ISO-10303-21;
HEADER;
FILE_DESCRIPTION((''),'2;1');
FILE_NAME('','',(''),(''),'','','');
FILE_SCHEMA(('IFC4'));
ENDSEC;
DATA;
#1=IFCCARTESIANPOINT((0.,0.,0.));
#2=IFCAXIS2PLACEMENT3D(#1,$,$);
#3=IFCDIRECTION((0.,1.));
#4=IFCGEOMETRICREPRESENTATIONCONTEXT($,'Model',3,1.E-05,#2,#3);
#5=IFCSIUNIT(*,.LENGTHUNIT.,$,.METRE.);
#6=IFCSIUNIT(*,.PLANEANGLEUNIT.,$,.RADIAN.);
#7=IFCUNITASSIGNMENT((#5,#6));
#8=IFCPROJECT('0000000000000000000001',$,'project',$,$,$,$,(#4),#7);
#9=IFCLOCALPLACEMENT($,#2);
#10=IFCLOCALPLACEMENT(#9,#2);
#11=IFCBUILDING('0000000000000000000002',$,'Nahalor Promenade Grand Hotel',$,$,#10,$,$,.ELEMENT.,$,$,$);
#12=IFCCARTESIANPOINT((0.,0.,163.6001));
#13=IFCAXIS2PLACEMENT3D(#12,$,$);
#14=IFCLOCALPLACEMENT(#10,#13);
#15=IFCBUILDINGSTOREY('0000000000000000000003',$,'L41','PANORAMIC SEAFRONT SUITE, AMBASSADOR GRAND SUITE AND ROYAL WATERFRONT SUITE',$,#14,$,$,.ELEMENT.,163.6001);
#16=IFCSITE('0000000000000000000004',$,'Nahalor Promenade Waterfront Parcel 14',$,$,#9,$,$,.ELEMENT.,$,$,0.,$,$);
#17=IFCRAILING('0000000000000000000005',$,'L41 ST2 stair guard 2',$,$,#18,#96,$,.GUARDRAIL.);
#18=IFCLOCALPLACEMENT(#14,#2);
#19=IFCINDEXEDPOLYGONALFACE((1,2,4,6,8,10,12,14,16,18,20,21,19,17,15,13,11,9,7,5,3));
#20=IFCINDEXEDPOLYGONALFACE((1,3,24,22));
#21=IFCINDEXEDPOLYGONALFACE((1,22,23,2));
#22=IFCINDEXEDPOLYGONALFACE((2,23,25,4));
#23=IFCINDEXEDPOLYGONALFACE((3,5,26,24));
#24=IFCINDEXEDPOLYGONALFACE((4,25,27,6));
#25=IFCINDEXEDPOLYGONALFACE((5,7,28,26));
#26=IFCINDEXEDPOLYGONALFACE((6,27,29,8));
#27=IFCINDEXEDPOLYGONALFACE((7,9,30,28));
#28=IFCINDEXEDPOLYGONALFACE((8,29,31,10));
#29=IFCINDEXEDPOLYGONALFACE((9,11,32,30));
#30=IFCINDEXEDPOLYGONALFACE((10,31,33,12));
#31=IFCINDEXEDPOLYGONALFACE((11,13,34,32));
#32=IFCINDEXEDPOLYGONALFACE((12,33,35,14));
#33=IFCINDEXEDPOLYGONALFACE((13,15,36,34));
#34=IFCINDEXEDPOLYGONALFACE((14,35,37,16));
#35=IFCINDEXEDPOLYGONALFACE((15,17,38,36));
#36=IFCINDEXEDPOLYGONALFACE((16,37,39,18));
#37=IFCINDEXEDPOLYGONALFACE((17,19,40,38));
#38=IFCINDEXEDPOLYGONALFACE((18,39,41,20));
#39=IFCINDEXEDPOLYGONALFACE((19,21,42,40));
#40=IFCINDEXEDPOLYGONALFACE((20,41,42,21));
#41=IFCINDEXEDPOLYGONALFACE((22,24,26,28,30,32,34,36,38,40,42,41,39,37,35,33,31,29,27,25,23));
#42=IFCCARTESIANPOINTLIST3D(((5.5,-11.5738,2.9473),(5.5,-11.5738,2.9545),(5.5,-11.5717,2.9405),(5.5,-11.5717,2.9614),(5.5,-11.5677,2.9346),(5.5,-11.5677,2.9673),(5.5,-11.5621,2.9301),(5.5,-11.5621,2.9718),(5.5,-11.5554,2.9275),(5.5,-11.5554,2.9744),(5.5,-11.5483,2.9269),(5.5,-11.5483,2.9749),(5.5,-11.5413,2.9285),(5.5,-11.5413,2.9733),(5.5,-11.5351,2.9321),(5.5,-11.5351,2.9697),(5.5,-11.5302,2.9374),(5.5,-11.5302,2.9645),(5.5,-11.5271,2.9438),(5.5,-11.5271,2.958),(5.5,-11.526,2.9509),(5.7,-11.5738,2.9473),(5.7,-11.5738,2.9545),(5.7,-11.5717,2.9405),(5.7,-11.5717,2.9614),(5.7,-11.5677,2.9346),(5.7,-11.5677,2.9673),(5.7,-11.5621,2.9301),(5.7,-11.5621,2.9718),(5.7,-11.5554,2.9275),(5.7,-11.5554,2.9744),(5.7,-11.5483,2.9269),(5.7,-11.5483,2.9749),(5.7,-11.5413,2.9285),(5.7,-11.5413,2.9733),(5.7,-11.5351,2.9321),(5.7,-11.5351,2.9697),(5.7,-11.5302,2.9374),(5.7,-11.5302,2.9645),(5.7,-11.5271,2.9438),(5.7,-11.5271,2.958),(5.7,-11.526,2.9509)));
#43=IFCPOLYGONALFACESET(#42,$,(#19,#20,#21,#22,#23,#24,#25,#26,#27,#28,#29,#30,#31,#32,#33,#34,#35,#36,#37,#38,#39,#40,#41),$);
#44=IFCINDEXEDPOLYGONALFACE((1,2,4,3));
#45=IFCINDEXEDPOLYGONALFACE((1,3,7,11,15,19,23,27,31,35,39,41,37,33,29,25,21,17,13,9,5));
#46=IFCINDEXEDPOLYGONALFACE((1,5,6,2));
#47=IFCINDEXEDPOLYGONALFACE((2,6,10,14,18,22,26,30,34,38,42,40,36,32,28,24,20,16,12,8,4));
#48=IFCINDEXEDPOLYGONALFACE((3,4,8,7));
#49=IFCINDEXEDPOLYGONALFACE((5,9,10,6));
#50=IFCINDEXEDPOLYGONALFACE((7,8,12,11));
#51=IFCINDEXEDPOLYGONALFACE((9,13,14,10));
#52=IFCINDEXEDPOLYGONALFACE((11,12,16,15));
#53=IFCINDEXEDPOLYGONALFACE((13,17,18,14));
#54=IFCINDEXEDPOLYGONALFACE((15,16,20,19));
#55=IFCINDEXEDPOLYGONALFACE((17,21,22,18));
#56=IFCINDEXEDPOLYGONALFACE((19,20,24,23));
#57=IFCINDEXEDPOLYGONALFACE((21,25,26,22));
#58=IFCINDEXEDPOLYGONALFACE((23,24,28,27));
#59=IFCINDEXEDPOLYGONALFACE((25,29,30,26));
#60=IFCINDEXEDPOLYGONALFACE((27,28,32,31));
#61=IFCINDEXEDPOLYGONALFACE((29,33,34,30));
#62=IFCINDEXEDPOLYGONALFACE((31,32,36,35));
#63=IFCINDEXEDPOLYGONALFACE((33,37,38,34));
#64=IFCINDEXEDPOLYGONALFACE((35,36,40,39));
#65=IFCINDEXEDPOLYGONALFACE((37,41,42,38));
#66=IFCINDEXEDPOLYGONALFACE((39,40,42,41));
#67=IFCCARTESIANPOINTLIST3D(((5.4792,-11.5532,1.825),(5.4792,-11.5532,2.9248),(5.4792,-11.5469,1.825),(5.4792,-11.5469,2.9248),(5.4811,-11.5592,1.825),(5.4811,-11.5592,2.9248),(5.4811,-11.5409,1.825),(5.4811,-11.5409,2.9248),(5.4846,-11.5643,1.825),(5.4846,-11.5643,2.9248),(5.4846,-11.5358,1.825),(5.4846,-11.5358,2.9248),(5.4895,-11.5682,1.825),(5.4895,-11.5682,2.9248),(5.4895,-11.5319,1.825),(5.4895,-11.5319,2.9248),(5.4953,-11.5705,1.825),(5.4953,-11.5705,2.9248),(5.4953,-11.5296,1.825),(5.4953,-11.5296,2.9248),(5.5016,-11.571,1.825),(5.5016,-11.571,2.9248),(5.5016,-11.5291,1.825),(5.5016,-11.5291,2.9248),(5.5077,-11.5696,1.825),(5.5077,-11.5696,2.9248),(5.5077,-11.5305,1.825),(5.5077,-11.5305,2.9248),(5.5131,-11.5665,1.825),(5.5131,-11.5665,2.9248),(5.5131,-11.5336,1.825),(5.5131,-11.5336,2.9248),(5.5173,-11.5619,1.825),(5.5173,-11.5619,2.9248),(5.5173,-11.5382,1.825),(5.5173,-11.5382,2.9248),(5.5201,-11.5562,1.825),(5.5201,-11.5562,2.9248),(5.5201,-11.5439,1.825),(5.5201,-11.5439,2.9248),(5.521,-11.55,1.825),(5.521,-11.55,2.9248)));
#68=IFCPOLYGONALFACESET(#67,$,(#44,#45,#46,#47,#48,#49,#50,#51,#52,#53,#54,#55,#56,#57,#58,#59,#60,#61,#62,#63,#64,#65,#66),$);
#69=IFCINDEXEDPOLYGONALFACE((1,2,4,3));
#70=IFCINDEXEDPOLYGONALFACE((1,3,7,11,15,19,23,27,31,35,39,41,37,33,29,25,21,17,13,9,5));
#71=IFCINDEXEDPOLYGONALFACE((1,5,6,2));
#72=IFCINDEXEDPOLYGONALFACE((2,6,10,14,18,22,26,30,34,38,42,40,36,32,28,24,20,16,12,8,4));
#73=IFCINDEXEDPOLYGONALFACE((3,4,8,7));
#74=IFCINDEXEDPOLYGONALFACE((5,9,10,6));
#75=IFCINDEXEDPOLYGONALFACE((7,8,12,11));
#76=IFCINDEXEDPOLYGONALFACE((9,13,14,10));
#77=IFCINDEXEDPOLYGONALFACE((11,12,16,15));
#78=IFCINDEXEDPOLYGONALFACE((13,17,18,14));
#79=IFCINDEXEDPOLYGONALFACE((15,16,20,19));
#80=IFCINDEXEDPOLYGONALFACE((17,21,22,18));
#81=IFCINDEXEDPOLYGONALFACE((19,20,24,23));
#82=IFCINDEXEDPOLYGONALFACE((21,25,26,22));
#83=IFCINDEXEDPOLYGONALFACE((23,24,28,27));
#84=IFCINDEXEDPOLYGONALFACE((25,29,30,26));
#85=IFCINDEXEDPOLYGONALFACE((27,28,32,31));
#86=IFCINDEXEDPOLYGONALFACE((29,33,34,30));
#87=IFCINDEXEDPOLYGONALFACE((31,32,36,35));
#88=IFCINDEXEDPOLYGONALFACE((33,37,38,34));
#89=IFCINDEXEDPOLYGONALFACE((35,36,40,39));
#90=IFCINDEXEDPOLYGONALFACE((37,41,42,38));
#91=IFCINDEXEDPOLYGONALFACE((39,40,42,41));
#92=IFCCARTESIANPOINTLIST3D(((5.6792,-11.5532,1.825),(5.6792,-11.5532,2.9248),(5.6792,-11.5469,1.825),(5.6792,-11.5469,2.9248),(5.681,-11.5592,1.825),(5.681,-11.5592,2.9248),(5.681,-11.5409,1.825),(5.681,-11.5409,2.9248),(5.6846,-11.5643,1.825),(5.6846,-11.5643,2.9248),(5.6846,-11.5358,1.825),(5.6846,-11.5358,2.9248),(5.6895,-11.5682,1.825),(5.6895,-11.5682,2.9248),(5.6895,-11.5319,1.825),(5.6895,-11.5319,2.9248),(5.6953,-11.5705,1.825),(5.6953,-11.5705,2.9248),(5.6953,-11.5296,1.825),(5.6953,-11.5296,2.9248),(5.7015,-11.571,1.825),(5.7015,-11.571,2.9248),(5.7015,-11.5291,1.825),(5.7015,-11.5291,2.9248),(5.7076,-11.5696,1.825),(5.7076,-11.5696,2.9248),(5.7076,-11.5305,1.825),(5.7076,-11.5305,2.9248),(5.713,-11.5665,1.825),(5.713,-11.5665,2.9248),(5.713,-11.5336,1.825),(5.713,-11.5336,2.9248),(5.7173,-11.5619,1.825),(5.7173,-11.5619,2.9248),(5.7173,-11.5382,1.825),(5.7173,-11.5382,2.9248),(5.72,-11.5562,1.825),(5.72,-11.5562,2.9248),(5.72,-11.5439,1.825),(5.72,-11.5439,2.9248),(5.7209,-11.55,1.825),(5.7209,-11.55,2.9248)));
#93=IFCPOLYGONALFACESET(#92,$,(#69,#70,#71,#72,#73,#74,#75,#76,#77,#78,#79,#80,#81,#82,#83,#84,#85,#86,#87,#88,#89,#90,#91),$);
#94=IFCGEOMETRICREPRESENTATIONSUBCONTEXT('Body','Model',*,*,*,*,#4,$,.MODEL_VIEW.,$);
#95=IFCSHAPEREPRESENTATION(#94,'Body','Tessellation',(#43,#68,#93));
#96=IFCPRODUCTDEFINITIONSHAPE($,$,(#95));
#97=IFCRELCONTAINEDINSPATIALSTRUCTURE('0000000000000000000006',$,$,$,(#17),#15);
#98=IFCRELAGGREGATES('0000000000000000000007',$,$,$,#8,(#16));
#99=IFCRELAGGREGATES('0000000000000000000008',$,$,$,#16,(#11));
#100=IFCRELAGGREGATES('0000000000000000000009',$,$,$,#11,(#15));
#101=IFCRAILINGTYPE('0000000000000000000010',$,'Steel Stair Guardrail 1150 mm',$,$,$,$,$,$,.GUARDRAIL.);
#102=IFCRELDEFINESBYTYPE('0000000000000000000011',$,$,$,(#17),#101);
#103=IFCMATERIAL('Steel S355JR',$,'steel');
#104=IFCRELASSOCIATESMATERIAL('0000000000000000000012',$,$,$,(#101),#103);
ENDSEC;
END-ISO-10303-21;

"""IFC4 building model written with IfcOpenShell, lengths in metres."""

from ifc_helpers import new_model, si_unit, direction, frame, origin, origin_2d, place, context, subcontext, project, spatial, circle, extrude, material, type_object, element, save


model = new_model("IFC4")

# Units and contexts
model_context = context("Model", 3, precision=1e-05, world=origin(), true_north=direction((0.0, 1.0)))
body_context = subcontext(model_context, "Body", "Model", "MODEL_VIEW")
ifc_project = project(units=[si_unit("LENGTHUNIT", "METRE"), si_unit("PLANEANGLEUNIT", "RADIAN")], contexts=[model_context])

# Site, building, storey
site_placement = place(None, origin())
site = spatial("IfcSite", under=ifc_project, at=site_placement, Name="Nahalor Promenade Waterfront Parcel 14", CompositionType="ELEMENT", RefElevation=0.0)
building_placement = place(site_placement, origin())
building = spatial("IfcBuilding", under=site, at=building_placement, Name="Nahalor Promenade Grand Hotel", CompositionType="ELEMENT")
storey_placement = place(building_placement, frame((0.0, 0.0, 163.6001)))
storey = spatial("IfcBuildingStorey", under=building, at=storey_placement, Name="L41", Description="PANORAMIC SEAFRONT SUITE, AMBASSADOR GRAND SUITE AND ROYAL WATERFRONT SUITE", CompositionType="ELEMENT", Elevation=163.6001)

# Shared definitions
ifc_material_1 = material(Name="Steel S355JR", Category="steel")

# Railing
railing_type_1 = type_object("IfcRailingType", Name="Steel Stair Guardrail 1150 mm", PredefinedType="GUARDRAIL", material=ifc_material_1)
railing_1_placement = place(storey_placement, frame((5.5, -11.55, 1.825)))
element("IfcRailing", 1, at=railing_1_placement, inside=storey, type_object=railing_type_1, Name="L41 ST2 stair guard 2", PredefinedType="GUARDRAIL", context=body_context, shape_type="SweptSolid", body=[
    extrude(circle(Radius=0.024, at=origin_2d()), frame((0.0, 0.0, 1.126), z_axis=(1.0, 0.0, 0.0), x_axis=(0.0, 1.0, 0.0)), (0.0, 0.0, 1.0), 0.2),
    extrude(circle(Radius=0.021, at=origin_2d()), origin(), (0.0, 0.0, 1.0), 1.0999),
    extrude(circle(Radius=0.021, at=origin_2d()), frame((0.2, 0.0, 0.0)), (0.0, 0.0, 1.0), 1.0999),
])

save(model, "model.ifc")
